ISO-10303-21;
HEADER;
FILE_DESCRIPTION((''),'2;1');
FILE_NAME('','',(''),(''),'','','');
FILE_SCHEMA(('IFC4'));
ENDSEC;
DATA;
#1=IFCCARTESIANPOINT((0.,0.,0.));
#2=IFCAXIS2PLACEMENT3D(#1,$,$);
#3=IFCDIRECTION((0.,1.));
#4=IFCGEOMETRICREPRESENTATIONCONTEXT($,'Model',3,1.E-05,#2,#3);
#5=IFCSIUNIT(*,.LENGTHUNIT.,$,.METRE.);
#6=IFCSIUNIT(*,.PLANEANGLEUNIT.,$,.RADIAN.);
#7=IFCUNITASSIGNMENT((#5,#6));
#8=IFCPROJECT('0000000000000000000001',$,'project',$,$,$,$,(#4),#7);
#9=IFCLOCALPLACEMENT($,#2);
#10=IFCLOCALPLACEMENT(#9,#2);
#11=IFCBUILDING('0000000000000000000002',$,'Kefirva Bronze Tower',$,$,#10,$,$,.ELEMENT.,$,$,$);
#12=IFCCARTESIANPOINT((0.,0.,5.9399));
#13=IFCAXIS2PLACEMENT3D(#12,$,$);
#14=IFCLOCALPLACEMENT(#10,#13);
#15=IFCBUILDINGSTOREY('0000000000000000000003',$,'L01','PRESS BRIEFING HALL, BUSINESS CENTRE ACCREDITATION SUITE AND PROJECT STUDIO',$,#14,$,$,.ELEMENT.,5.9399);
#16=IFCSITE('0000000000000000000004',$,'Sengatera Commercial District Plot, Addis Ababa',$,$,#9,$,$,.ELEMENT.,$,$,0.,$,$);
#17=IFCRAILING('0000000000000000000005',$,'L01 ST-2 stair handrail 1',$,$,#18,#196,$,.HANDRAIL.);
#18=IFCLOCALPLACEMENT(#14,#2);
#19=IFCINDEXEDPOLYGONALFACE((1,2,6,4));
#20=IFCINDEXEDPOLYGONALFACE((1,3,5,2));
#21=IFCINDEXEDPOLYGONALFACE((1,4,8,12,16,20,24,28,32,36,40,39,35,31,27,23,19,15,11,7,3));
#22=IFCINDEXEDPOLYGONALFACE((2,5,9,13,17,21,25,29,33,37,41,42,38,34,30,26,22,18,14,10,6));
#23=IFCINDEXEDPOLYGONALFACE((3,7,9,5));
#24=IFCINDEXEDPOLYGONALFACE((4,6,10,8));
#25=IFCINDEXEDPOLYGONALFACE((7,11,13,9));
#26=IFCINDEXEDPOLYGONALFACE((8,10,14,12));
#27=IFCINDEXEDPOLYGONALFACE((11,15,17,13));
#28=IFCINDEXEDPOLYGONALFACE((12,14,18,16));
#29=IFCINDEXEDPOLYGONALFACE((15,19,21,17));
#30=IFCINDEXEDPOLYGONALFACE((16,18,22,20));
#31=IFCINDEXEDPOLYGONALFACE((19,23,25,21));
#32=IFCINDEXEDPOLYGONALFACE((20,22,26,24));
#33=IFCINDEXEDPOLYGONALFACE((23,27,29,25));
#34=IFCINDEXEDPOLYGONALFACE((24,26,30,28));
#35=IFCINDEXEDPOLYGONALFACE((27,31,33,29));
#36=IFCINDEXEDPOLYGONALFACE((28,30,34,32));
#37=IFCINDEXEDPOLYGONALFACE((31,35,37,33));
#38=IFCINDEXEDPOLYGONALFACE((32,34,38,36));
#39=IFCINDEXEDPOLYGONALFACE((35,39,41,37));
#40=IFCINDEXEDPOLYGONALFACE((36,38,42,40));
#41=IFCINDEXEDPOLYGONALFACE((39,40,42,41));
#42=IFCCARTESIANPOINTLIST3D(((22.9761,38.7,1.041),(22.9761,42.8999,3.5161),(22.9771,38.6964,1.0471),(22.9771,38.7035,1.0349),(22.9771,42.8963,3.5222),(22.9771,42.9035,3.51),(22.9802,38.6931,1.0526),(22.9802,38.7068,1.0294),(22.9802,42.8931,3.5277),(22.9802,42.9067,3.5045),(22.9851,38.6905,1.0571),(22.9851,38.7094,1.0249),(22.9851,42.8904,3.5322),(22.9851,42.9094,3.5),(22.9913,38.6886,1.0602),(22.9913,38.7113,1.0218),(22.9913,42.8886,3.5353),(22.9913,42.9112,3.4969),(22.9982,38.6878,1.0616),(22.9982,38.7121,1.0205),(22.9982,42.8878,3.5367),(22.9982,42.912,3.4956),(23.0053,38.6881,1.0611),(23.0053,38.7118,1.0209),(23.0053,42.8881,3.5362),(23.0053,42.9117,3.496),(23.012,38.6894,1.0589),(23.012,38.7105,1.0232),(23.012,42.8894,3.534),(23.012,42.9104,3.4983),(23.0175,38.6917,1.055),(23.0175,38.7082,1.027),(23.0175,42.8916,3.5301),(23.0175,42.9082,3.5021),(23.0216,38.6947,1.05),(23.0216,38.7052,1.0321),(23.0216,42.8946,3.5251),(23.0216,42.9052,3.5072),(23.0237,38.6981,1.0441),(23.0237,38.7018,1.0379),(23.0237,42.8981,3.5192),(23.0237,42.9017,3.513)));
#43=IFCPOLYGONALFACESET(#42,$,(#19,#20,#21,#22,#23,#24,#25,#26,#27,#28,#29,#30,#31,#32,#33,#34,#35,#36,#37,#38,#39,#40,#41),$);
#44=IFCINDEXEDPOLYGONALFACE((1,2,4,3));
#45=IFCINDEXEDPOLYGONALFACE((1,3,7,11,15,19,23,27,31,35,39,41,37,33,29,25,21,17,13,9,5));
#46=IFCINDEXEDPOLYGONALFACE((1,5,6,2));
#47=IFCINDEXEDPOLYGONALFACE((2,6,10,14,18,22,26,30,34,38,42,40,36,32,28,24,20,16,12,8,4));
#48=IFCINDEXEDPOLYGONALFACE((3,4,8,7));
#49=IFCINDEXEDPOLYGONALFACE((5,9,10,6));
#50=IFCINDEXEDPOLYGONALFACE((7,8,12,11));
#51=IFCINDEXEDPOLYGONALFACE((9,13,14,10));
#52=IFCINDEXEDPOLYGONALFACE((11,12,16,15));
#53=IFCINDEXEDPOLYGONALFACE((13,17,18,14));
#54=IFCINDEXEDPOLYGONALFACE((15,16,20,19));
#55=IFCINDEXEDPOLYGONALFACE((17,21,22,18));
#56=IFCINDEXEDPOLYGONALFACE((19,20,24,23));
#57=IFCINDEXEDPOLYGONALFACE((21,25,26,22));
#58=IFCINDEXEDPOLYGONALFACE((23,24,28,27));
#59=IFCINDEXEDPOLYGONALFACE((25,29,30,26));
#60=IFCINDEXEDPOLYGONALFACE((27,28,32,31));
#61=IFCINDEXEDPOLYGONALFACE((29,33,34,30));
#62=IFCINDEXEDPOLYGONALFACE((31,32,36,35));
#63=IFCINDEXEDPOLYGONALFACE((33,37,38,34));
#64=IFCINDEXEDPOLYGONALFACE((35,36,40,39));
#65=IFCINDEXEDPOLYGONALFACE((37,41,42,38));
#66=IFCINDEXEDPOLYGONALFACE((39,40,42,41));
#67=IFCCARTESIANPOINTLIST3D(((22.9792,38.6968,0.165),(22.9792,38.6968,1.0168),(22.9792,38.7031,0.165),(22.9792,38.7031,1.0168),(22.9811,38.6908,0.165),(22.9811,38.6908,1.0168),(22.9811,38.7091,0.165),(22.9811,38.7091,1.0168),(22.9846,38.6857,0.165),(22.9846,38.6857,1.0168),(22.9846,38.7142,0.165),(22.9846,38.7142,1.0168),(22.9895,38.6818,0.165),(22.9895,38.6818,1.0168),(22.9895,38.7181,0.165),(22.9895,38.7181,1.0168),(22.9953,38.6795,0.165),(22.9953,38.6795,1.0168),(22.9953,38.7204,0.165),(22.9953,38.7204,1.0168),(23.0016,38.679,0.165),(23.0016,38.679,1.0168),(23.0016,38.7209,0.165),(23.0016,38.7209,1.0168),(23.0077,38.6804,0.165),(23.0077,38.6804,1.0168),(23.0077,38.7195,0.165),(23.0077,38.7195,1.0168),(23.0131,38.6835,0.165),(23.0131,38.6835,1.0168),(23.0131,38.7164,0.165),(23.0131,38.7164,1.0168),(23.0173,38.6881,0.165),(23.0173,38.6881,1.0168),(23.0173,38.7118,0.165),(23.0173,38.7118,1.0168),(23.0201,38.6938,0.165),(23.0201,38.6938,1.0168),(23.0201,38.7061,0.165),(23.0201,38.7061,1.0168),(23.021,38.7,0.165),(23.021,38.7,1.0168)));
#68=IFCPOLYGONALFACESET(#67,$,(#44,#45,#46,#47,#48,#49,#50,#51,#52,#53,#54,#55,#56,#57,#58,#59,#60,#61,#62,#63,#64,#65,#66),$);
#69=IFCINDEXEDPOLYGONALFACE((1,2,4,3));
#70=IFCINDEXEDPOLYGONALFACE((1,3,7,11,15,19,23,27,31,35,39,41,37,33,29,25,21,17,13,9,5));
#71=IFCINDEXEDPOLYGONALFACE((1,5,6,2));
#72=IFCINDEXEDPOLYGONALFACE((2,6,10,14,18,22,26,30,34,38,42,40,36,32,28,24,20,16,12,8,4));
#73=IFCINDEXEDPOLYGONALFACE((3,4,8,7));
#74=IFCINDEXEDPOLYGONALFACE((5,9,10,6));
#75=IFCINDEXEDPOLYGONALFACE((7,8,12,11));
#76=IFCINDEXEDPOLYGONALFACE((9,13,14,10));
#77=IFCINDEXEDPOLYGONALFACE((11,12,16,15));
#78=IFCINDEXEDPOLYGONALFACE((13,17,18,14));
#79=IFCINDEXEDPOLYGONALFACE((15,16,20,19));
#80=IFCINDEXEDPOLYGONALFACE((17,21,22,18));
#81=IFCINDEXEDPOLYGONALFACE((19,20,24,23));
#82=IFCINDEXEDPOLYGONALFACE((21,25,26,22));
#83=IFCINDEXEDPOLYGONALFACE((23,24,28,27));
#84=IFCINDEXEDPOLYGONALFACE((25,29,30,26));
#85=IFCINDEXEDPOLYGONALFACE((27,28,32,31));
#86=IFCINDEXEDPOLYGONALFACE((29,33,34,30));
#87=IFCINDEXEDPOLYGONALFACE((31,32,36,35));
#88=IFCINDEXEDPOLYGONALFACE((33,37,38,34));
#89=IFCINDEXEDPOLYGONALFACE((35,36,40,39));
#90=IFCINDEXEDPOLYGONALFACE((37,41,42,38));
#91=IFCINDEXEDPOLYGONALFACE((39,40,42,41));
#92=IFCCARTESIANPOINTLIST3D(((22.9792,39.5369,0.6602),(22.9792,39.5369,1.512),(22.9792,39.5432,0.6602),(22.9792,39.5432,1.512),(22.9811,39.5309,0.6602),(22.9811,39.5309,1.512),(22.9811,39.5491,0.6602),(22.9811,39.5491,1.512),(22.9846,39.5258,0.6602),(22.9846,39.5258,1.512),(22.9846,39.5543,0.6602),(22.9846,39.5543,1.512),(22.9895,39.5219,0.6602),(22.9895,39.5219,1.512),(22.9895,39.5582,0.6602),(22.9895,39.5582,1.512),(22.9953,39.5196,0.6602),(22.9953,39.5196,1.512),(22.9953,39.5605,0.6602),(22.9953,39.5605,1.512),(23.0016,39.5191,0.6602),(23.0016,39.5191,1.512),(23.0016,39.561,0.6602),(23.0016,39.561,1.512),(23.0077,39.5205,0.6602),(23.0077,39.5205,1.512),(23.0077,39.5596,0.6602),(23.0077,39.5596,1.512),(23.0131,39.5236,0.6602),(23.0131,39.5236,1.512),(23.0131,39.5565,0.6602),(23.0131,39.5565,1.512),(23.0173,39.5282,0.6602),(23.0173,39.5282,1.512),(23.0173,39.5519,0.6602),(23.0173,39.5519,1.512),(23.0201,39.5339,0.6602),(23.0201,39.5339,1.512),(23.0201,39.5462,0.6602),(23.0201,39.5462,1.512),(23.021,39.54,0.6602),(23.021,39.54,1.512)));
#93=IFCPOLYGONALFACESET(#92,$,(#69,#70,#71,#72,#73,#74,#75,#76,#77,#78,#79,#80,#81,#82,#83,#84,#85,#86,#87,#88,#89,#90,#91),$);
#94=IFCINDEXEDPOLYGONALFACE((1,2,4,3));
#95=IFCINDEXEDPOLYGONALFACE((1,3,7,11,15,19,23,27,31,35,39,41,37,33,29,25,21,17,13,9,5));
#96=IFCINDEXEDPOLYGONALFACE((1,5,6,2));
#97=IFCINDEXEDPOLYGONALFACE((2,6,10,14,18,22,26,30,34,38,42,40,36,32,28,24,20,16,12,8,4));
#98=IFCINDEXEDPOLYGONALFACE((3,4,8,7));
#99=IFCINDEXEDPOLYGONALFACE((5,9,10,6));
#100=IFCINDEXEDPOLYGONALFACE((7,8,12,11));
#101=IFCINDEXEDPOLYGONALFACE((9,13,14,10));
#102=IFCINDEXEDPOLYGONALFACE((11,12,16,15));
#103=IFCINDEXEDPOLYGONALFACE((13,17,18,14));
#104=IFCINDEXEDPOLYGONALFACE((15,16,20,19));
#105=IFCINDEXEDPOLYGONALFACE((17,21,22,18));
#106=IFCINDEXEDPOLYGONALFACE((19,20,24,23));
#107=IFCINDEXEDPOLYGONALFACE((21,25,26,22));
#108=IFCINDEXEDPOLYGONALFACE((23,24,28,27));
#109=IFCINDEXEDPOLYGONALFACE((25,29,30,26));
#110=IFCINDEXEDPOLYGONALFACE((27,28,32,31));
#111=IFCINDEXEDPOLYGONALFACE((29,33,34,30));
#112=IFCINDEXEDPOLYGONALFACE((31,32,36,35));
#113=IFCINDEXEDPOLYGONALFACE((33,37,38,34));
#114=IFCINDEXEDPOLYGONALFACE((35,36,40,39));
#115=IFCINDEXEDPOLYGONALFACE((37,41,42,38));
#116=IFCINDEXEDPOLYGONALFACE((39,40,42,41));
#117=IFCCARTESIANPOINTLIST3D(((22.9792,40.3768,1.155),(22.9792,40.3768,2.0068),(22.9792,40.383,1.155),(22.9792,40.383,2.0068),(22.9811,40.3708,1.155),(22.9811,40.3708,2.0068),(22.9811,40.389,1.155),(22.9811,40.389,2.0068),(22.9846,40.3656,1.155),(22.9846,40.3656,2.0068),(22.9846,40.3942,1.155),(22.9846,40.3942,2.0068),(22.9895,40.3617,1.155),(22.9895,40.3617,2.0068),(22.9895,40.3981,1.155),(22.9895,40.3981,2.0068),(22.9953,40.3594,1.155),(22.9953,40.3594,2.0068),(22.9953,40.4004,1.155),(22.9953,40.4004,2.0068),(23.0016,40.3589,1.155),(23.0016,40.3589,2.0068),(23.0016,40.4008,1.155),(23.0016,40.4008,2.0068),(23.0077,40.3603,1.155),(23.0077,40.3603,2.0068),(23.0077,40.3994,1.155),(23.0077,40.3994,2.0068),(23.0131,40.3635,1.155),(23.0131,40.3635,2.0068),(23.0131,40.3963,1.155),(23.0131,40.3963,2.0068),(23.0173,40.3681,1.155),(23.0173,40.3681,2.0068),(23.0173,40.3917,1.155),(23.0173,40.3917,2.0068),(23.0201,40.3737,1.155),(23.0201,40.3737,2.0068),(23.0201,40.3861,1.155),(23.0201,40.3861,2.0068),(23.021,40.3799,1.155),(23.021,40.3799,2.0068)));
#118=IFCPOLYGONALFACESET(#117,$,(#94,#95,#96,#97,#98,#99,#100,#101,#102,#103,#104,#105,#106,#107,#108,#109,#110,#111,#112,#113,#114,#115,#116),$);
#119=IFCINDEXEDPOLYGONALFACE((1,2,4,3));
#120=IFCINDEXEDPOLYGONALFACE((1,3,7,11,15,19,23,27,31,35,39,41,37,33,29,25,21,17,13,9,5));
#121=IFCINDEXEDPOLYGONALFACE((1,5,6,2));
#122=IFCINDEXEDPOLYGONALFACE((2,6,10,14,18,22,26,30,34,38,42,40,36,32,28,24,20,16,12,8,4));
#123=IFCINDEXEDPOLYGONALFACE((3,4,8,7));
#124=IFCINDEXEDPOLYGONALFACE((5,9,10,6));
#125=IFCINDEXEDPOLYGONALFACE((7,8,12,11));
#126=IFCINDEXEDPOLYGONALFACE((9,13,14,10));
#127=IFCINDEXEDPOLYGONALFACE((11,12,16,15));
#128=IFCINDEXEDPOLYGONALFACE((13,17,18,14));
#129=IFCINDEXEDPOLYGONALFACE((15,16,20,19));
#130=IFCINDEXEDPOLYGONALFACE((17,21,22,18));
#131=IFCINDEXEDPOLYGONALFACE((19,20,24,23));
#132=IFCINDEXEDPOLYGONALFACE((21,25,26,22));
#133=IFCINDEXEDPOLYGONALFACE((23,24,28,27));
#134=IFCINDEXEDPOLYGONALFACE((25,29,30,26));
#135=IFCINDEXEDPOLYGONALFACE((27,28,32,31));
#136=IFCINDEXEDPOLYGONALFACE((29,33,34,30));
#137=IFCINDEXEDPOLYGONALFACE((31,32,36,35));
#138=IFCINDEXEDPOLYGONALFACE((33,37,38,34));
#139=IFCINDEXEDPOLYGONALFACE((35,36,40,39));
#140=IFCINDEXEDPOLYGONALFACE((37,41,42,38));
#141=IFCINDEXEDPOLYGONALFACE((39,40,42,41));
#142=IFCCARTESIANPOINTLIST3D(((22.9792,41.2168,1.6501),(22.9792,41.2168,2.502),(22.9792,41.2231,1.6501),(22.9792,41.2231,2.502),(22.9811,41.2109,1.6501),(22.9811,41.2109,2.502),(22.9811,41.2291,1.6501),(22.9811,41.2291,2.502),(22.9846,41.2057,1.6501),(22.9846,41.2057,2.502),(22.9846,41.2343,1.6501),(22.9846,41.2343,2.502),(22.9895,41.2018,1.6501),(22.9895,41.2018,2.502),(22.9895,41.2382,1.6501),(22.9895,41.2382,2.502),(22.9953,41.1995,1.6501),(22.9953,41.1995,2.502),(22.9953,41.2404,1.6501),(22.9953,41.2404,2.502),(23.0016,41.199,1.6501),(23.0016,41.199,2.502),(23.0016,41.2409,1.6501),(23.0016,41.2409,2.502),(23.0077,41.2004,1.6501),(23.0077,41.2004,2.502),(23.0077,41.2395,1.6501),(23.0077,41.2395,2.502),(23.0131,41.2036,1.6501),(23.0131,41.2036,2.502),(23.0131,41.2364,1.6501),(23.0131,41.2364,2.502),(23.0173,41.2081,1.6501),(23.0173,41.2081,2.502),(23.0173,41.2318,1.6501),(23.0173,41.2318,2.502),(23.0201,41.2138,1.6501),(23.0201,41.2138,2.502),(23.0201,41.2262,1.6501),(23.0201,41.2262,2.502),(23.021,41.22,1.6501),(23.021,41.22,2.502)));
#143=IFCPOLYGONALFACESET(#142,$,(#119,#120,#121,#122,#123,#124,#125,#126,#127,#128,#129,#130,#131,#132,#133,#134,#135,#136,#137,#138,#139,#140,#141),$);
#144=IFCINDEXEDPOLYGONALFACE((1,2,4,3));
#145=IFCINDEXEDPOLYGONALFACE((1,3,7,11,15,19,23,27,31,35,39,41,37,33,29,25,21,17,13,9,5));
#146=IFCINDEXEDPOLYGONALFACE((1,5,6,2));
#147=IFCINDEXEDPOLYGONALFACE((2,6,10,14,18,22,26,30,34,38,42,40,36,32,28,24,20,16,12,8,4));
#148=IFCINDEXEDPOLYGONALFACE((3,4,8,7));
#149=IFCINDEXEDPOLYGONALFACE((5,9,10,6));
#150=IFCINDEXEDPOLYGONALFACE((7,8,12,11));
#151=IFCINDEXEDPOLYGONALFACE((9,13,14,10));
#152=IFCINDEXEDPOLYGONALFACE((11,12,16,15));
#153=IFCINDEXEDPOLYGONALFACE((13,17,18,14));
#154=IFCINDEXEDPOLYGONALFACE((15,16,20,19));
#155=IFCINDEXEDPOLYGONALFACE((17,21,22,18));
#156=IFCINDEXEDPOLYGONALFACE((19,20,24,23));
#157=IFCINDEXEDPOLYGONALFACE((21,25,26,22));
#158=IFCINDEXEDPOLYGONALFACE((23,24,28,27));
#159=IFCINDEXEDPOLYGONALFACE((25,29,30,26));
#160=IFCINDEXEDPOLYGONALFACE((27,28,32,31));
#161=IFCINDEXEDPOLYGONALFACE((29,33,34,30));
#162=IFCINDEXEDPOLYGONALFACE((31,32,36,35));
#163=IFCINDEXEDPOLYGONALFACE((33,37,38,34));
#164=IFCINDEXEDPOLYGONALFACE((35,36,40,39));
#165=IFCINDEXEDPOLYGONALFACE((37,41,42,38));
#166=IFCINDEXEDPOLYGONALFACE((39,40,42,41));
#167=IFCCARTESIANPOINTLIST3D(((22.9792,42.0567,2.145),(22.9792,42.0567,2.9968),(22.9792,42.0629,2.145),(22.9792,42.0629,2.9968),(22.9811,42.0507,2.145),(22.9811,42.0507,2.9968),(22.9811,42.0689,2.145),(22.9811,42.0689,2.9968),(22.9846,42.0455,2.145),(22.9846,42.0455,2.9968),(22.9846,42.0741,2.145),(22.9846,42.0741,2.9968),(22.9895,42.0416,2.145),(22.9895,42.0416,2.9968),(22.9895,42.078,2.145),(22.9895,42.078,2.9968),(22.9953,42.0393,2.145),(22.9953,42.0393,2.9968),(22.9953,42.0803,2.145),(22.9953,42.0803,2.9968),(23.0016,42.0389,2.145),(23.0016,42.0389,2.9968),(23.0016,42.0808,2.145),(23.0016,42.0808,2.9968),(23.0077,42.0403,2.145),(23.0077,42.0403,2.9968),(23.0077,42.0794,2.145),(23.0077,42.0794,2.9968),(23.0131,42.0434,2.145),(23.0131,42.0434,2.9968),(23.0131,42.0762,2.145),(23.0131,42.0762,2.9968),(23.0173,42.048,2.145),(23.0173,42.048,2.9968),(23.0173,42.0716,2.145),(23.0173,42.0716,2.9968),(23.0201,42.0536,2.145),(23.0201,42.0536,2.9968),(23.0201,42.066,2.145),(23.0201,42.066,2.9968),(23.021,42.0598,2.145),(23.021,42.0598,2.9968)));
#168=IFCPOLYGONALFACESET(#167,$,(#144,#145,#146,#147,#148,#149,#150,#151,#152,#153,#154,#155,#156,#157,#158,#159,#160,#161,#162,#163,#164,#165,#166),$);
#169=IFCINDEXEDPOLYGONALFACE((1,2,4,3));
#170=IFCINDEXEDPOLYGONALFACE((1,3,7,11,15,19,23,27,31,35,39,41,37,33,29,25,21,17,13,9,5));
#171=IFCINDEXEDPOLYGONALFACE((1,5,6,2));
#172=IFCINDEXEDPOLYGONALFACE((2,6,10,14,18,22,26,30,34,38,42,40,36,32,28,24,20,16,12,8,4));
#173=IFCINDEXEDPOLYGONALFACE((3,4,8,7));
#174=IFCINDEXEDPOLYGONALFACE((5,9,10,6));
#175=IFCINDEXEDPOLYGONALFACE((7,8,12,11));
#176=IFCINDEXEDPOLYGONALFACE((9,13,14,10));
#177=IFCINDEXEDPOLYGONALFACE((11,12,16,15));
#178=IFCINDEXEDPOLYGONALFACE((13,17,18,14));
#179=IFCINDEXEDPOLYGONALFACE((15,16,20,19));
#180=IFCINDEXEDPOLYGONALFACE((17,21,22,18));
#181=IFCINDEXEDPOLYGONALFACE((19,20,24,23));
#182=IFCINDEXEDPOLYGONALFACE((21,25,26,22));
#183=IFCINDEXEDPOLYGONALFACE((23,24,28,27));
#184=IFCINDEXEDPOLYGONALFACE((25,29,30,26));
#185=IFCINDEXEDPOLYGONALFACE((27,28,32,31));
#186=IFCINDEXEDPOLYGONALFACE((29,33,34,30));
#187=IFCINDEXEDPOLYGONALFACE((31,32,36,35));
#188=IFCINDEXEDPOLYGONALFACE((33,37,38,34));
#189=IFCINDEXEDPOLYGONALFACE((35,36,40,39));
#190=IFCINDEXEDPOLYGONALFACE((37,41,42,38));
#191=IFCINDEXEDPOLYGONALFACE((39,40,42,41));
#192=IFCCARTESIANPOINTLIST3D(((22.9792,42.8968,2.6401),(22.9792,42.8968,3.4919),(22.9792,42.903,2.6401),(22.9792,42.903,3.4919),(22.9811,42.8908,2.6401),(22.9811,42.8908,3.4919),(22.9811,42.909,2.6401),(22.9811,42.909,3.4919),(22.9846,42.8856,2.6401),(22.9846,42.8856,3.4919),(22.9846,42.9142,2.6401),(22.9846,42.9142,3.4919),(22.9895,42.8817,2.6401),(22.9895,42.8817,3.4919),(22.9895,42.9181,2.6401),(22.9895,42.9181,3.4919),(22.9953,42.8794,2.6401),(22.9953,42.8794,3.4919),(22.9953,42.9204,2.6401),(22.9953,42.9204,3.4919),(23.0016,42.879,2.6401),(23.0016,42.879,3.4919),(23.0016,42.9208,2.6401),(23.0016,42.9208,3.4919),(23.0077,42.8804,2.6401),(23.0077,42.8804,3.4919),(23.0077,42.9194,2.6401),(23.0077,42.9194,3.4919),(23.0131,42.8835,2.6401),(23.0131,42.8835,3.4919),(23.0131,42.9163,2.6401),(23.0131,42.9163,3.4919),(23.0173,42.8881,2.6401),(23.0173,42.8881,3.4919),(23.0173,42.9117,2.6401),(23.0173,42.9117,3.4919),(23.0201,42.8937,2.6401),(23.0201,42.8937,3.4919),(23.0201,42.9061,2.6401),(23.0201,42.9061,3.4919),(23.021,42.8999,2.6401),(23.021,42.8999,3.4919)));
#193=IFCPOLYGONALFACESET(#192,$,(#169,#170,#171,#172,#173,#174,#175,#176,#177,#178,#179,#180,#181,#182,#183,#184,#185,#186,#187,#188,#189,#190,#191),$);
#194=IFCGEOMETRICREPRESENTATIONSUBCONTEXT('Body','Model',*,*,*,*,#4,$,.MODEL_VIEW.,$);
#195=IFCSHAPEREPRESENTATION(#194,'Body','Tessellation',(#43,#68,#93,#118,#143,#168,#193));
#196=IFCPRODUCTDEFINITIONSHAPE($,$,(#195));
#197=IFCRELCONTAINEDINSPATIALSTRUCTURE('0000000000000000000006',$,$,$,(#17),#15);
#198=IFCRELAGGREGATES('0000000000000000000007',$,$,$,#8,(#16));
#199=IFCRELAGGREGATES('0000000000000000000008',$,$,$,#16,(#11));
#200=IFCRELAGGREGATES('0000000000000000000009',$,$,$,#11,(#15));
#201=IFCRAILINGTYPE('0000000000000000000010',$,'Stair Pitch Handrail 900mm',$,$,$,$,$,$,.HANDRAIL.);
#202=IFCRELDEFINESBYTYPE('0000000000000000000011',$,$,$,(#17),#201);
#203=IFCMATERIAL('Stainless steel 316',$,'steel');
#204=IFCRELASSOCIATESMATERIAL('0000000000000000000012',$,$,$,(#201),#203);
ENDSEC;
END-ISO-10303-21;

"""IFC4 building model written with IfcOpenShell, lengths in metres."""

from ifc_helpers import new_model, si_unit, direction, frame, origin, origin_2d, place, context, subcontext, project, spatial, circle, extrude, material, type_object, element, save


model = new_model("IFC4")

# Units and contexts
model_context = context("Model", 3, precision=1e-05, world=origin(), true_north=direction((0.0, 1.0)))
body_context = subcontext(model_context, "Body", "Model", "MODEL_VIEW")
ifc_project = project(units=[si_unit("LENGTHUNIT", "METRE"), si_unit("PLANEANGLEUNIT", "RADIAN")], contexts=[model_context])

# Site, building, storey
site_placement = place(None, origin())
site = spatial("IfcSite", under=ifc_project, at=site_placement, Name="Sengatera Commercial District Plot, Addis Ababa", CompositionType="ELEMENT", RefElevation=0.0)
building_placement = place(site_placement, origin())
building = spatial("IfcBuilding", under=site, at=building_placement, Name="Kefirva Bronze Tower", CompositionType="ELEMENT")
storey_placement = place(building_placement, frame((0.0, 0.0, 5.9399)))
storey = spatial("IfcBuildingStorey", under=building, at=storey_placement, Name="L01", Description="PRESS BRIEFING HALL, BUSINESS CENTRE ACCREDITATION SUITE AND PROJECT STUDIO", CompositionType="ELEMENT", Elevation=5.9399)

# Railing
ifc_material_1 = material(Name="Stainless steel 316", Category="steel")
railing_type_1 = type_object("IfcRailingType", Name="Stair Pitch Handrail 900mm", PredefinedType="HANDRAIL", material=ifc_material_1)
railing_1_placement = place(storey_placement, frame((23.0, 38.7, 0.165)))
element("IfcRailing", 1, at=railing_1_placement, inside=storey, type_object=railing_type_1, Name="L01 ST-2 stair handrail 1", PredefinedType="HANDRAIL", context=body_context, shape_type="SweptSolid", body=[
    extrude(circle(Radius=0.0239, at=origin_2d()), frame((0.0, 0.0, 0.876), z_axis=(0.0, 0.861527, 0.507712), x_axis=(-1.0, 0.0, 0.0)), (0.0, 0.0, 1.0), 4.875),
    extrude(circle(Radius=0.021, at=origin_2d()), origin(), (0.0, 0.0, 1.0), 0.8518),
    extrude(circle(Radius=0.021, at=origin_2d()), frame((0.0, 0.8401, 0.4951)), (0.0, 0.0, 1.0), 0.8518),
    extrude(circle(Radius=0.021, at=origin_2d()), frame((0.0, 1.6799, 0.99)), (0.0, 0.0, 1.0), 0.8518),
    extrude(circle(Radius=0.021, at=origin_2d()), frame((0.0, 2.52, 1.4851)), (0.0, 0.0, 1.0), 0.8518),
    extrude(circle(Radius=0.021, at=origin_2d()), frame((0.0, 3.3599, 1.98)), (0.0, 0.0, 1.0), 0.8518),
    extrude(circle(Radius=0.021, at=origin_2d()), frame((0.0, 4.2, 2.4751)), (0.0, 0.0, 1.0), 0.8518),
])

save(model, "model.ifc")
